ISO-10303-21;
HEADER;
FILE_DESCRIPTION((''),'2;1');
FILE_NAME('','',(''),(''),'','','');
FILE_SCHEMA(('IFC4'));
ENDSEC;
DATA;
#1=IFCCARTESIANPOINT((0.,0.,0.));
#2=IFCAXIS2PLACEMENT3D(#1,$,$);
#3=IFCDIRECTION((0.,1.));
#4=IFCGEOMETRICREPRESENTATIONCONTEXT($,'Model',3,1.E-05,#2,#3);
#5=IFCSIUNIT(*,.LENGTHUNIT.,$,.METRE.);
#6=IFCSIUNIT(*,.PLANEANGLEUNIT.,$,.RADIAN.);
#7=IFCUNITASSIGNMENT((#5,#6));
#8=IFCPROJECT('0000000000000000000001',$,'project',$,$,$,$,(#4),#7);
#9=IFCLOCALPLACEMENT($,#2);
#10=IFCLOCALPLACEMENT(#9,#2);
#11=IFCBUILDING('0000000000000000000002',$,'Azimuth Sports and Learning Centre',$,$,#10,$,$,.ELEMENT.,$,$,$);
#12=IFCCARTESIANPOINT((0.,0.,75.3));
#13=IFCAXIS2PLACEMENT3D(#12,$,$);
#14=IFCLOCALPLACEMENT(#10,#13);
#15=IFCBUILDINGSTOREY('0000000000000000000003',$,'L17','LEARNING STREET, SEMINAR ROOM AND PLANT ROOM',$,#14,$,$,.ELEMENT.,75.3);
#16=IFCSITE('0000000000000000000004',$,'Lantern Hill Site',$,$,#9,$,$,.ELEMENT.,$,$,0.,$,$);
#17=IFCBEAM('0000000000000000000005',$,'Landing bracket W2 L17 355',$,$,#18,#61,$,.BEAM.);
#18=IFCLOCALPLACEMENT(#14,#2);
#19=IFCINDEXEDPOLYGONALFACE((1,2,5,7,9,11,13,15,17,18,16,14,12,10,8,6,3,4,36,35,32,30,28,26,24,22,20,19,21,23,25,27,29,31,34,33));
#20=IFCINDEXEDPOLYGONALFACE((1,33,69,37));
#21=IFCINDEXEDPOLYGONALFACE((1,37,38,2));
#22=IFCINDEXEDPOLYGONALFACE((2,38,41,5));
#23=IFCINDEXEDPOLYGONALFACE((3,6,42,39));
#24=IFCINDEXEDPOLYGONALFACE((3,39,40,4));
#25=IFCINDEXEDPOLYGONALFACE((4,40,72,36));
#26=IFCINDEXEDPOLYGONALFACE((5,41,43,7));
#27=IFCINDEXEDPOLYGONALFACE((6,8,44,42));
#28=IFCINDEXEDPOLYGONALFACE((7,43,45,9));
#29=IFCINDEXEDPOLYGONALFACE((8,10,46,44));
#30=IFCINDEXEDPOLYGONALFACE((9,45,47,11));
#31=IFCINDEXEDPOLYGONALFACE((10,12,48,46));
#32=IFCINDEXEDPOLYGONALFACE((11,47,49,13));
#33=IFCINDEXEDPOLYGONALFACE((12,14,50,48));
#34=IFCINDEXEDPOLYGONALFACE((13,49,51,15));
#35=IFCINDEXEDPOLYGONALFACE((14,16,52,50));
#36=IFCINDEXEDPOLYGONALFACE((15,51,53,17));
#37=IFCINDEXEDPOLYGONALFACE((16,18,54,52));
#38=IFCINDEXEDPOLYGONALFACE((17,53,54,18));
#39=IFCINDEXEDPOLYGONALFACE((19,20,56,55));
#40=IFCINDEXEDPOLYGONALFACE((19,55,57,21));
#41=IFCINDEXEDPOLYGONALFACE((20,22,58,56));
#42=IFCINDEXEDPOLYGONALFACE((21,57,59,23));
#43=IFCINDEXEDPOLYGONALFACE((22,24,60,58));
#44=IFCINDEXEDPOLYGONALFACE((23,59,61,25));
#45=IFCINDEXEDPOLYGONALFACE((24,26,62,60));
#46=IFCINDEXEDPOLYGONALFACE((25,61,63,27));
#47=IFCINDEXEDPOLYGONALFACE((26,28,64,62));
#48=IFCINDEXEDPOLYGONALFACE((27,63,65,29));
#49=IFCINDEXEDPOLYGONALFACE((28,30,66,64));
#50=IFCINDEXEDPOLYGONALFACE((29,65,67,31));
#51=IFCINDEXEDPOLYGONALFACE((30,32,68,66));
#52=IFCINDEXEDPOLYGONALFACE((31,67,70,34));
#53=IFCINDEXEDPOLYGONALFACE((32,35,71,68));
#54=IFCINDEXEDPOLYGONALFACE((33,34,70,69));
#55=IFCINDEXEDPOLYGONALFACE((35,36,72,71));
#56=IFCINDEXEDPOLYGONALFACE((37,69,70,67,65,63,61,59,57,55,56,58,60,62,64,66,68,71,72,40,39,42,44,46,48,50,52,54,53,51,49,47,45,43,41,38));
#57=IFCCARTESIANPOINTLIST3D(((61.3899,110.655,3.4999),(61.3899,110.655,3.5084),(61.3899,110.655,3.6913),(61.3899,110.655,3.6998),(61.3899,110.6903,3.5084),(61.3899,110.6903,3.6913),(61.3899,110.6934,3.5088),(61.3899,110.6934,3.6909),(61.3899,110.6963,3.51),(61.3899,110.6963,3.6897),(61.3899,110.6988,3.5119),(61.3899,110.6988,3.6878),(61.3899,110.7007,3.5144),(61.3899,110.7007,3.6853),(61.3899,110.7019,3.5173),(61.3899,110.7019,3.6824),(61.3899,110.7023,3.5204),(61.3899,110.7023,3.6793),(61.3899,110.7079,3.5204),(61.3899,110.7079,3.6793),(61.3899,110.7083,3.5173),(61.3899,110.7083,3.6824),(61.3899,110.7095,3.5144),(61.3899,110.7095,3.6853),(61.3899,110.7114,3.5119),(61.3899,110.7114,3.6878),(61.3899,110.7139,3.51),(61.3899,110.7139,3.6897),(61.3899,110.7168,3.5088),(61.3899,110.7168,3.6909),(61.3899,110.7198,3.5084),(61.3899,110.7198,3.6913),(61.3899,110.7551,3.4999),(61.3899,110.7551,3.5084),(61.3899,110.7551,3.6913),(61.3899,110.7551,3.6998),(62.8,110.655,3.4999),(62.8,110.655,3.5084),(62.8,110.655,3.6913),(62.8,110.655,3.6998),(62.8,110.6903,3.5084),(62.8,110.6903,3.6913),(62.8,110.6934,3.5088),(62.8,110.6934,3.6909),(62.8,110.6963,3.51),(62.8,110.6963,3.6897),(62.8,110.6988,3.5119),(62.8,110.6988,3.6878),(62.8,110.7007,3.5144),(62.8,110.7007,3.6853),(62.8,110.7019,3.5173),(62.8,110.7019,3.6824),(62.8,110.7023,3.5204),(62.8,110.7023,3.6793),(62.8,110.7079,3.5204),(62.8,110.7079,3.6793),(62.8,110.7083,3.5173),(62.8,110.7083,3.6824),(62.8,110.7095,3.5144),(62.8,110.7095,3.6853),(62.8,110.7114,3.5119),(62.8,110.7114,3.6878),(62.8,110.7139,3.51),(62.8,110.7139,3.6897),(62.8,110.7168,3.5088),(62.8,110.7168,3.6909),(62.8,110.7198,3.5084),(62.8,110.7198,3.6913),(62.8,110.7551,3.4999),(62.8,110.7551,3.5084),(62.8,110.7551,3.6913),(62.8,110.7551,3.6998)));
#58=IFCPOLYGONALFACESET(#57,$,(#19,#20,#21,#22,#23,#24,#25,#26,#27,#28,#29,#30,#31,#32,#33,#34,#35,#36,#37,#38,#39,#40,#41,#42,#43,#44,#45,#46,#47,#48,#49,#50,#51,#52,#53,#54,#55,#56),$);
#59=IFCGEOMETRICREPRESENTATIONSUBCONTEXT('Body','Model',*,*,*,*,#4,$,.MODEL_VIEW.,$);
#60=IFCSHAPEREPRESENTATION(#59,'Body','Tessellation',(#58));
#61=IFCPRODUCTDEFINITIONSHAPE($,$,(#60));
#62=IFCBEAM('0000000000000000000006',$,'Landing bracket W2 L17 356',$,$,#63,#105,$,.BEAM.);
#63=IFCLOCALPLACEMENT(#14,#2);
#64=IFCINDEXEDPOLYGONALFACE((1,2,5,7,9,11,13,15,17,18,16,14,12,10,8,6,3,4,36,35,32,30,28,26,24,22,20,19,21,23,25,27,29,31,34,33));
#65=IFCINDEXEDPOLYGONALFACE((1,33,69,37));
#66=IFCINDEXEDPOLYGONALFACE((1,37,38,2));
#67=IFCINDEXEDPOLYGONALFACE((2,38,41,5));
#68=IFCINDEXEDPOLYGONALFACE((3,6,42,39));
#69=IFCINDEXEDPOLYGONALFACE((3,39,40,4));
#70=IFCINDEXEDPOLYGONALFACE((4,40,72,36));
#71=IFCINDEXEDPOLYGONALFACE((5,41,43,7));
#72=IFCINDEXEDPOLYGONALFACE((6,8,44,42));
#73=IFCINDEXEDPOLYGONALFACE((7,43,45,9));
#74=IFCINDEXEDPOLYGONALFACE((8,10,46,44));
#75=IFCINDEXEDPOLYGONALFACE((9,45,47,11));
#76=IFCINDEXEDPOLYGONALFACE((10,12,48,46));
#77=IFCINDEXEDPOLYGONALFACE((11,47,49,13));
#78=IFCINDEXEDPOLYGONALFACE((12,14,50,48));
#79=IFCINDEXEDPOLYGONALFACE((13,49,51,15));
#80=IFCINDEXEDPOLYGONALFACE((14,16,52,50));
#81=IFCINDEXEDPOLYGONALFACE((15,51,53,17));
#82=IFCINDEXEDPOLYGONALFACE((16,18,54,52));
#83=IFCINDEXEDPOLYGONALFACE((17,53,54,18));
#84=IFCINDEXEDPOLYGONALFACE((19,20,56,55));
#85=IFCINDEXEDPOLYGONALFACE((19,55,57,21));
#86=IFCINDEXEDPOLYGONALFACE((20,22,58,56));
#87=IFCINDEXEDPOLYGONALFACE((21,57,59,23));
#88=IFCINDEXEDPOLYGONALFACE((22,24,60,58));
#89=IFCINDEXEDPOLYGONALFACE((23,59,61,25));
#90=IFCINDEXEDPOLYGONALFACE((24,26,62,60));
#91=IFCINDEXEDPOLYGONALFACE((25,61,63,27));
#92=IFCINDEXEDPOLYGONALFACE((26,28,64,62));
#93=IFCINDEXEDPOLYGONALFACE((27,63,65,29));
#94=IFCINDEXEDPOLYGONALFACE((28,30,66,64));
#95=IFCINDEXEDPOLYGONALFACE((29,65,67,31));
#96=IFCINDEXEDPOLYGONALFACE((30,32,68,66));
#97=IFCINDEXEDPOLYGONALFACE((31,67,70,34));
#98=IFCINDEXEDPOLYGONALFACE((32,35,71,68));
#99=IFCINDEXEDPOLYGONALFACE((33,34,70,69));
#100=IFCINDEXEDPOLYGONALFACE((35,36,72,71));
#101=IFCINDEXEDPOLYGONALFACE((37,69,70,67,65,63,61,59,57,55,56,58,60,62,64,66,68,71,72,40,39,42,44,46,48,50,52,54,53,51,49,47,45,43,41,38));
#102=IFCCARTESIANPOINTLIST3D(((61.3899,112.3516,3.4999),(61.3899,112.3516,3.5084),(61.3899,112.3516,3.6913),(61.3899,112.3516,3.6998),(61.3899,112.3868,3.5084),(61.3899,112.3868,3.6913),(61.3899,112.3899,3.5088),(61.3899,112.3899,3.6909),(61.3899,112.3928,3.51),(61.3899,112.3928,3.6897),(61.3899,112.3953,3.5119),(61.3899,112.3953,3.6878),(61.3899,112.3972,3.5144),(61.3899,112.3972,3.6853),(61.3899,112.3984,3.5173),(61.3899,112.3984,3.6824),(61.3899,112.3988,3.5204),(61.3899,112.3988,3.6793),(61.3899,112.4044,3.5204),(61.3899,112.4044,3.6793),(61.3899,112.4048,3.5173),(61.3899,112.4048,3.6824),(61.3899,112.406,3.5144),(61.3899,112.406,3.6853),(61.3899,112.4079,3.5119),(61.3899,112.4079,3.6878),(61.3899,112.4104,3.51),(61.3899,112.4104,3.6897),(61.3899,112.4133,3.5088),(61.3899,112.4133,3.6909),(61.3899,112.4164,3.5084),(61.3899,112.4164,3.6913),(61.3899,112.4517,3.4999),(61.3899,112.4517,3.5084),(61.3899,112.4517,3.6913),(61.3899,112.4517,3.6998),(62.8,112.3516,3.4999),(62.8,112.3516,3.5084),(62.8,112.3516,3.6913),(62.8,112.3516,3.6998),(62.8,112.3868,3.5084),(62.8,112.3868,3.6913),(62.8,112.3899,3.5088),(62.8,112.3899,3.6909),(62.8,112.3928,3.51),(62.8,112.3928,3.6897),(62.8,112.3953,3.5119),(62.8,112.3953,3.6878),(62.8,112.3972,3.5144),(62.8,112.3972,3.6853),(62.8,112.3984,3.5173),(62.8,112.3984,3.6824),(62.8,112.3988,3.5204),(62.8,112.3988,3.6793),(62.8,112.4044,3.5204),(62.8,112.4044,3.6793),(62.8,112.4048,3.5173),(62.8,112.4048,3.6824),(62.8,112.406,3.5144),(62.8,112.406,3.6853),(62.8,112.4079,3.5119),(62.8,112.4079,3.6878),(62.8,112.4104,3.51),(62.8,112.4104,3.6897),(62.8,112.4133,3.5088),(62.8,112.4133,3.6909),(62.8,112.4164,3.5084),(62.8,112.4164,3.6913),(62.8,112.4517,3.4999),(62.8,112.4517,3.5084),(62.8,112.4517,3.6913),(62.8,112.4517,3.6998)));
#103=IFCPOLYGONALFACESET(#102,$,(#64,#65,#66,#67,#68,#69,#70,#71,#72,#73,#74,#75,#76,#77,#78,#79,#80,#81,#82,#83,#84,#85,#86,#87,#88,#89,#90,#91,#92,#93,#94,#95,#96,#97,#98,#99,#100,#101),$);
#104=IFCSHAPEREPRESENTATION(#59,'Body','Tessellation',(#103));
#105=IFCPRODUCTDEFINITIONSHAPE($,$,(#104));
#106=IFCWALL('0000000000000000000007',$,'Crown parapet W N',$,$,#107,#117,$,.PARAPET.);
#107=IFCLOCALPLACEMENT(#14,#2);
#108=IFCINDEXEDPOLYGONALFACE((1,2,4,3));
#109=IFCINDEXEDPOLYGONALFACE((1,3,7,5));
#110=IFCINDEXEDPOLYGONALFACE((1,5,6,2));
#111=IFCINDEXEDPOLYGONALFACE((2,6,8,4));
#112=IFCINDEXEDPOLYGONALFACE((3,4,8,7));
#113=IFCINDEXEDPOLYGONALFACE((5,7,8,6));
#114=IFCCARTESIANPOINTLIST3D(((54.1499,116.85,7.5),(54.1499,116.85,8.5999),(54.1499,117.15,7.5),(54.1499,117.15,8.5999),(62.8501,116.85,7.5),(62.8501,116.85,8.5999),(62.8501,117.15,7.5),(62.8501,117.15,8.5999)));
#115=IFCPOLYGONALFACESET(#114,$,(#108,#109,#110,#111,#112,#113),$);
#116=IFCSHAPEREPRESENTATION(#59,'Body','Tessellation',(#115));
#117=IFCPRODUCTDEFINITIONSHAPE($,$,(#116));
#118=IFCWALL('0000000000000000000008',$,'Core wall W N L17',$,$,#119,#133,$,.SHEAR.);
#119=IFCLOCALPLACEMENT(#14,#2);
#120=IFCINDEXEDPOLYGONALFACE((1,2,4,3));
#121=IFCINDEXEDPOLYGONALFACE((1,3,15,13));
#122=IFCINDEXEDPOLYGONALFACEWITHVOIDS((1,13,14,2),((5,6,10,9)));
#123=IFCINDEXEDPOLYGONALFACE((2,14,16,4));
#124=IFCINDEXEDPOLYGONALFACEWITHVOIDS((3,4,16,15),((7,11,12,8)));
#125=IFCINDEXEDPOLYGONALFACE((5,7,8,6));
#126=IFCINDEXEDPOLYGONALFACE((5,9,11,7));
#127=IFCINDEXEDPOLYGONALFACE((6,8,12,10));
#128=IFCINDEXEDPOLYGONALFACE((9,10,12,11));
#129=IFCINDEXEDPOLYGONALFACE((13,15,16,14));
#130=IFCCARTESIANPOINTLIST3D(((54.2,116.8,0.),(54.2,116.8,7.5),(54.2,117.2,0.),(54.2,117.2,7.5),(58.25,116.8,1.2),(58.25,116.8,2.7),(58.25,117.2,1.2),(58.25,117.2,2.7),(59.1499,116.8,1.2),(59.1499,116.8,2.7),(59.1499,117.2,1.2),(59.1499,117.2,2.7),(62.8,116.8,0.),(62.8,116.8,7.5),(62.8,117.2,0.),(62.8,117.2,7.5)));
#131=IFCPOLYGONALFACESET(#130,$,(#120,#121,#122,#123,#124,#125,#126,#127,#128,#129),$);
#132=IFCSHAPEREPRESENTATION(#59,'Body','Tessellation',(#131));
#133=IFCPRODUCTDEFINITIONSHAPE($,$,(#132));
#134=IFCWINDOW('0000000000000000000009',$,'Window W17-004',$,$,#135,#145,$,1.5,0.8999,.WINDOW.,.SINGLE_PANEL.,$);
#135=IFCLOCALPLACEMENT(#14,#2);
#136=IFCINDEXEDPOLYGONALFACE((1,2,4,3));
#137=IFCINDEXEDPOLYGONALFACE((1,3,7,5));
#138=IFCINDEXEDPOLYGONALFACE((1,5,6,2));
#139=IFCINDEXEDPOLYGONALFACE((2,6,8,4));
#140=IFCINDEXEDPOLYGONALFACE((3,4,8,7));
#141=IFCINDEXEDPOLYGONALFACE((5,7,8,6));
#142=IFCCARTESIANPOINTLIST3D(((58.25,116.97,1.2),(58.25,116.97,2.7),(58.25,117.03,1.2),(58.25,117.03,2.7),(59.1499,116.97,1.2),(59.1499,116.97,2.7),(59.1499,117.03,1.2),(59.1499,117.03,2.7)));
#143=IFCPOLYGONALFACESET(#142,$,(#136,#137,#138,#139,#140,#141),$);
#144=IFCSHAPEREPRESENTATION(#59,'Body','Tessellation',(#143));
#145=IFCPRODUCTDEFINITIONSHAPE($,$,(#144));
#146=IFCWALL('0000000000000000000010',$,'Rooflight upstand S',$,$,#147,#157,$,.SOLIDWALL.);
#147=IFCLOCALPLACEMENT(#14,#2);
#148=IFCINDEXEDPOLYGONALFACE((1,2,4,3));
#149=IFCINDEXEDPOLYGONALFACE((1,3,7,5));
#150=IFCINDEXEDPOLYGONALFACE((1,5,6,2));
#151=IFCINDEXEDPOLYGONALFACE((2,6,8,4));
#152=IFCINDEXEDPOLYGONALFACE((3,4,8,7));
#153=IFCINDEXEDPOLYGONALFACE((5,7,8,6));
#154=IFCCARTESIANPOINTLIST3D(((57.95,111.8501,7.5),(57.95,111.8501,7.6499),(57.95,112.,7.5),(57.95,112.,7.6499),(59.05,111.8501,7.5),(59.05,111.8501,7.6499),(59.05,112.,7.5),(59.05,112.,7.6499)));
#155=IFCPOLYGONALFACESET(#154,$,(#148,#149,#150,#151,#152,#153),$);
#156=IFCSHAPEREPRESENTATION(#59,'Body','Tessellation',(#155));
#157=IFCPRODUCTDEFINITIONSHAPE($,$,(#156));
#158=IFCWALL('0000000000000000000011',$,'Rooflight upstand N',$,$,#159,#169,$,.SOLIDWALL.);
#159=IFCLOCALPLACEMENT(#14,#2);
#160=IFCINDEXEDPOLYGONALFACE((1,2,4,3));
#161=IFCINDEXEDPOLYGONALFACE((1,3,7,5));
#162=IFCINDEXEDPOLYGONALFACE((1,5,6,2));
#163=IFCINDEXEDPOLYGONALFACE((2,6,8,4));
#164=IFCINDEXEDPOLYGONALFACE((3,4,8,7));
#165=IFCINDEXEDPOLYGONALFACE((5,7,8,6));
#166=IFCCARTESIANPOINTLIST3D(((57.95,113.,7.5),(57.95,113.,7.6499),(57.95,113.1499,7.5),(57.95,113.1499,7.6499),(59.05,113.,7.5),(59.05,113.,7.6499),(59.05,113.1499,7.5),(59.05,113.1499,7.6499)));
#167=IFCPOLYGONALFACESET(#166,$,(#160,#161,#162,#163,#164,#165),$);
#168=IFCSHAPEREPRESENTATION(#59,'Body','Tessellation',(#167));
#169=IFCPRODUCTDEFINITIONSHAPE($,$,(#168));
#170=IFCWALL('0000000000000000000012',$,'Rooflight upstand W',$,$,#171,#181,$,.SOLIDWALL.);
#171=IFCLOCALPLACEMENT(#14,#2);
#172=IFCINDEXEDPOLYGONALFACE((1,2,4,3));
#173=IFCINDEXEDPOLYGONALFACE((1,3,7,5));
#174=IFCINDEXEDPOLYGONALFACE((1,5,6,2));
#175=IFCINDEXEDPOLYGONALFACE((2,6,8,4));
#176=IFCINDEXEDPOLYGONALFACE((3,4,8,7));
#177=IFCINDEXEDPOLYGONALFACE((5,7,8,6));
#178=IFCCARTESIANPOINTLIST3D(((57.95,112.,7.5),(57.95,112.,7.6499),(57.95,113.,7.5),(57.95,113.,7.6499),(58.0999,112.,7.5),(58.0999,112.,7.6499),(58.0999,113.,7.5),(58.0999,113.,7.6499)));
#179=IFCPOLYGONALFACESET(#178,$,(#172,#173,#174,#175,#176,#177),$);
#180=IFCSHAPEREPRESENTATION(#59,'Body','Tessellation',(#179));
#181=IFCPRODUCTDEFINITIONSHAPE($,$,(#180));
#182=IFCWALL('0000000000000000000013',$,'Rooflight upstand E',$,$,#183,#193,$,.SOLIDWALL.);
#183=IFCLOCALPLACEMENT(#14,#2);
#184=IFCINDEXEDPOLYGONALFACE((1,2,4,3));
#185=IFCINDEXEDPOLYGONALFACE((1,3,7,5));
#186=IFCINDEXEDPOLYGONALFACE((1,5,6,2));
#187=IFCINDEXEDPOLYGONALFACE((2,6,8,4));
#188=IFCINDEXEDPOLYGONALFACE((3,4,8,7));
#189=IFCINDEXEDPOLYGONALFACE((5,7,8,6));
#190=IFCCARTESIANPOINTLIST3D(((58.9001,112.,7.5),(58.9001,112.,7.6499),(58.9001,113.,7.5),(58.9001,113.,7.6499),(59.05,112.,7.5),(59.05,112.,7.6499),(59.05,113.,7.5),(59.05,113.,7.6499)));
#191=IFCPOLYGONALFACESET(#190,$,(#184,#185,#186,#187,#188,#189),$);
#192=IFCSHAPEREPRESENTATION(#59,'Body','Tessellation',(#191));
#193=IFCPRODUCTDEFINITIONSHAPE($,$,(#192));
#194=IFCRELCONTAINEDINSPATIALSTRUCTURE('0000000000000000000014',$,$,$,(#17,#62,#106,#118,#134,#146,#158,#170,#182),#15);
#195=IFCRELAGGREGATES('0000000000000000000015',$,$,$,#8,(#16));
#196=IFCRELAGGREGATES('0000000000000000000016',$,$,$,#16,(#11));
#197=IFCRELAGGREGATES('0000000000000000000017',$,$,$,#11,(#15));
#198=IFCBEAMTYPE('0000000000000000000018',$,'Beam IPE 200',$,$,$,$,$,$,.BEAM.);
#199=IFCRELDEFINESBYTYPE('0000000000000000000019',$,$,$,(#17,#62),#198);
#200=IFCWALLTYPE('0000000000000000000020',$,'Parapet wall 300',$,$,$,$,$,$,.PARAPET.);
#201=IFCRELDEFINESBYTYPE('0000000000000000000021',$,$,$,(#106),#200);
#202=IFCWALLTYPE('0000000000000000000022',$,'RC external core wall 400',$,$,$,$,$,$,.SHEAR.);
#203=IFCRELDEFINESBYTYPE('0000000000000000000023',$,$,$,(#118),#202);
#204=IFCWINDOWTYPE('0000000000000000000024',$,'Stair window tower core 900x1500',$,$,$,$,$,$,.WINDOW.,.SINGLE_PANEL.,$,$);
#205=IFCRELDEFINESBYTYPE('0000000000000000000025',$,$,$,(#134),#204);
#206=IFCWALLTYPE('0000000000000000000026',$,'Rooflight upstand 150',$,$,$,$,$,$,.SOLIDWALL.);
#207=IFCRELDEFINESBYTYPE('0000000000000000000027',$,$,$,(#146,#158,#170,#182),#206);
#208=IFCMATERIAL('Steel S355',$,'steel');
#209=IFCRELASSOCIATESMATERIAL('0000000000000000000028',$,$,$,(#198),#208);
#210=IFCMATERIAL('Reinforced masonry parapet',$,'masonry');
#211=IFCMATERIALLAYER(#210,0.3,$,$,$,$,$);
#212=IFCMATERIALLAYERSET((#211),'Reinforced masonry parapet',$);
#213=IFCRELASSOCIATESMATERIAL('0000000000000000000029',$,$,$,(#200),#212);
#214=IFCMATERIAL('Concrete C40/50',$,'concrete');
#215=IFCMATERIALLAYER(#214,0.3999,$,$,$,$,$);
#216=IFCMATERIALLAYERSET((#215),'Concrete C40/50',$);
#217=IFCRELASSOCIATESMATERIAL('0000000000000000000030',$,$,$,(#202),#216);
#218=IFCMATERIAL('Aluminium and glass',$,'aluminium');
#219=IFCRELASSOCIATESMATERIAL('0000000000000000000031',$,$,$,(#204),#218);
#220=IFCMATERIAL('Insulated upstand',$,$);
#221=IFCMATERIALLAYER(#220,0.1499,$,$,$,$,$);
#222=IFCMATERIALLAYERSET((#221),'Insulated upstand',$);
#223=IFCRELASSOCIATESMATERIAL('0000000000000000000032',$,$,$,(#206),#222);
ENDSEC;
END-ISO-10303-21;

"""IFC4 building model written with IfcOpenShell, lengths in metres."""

from ifc_helpers import new_model, si_unit, direction, frame, frame_2d, origin, origin_2d, place, context, subcontext, project, spatial, rectangle, i_section, extrude, material, layer, layer_set, material_profile, profile_set, type_object, element, fill, save


model = new_model("IFC4")

# Units and contexts
model_context = context("Model", 3, precision=1e-05, world=origin(), true_north=direction((0.0, 1.0)))
body_context = subcontext(model_context, "Body", "Model", "MODEL_VIEW")
ifc_project = project(units=[si_unit("LENGTHUNIT", "METRE"), si_unit("PLANEANGLEUNIT", "RADIAN")], contexts=[model_context])

# Site, building, storey
site_placement = place(None, origin())
site = spatial("IfcSite", under=ifc_project, at=site_placement, Name="Lantern Hill Site", CompositionType="ELEMENT", RefElevation=0.0)
building_placement = place(site_placement, origin())
building = spatial("IfcBuilding", under=site, at=building_placement, Name="Azimuth Sports and Learning Centre", CompositionType="ELEMENT")
storey_placement = place(building_placement, frame((0.0, 0.0, 75.3)))
storey = spatial("IfcBuildingStorey", under=building, at=storey_placement, Name="L17", Description="LEARNING STREET, SEMINAR ROOM AND PLANT ROOM", CompositionType="ELEMENT", Elevation=75.3)

# Beams
ifc_material_1 = material(Name="Steel S355", Category="steel")
ifc_material_profile = material_profile(ifc_material_1, i_section(OverallWidth=0.1001, OverallDepth=0.2, WebThickness=0.0056, FlangeThickness=0.0085, FilletRadius=0.012, at=origin_2d()), Name="IPE 200")
ifc_profile_set = profile_set([ifc_material_profile], Name="Steel S355")
beam_type = type_object("IfcBeamType", Name="Beam IPE 200", PredefinedType="BEAM", material=ifc_profile_set)
for number, where, z_axis, x_axis, name in (
    (1, (62.8, 110.7051, 3.5999), (-1.0, 0.0, 0.0), (0.0, -1.0, 0.0), "Landing bracket W2 L17 355"),
    (2, (62.8, 112.4016, 3.5999), (-1.0, 0.0, 0.0), (0.0, -1.0, 0.0), "Landing bracket W2 L17 356"),
):
    element("IfcBeam", number, at=place(storey_placement, frame(where, z_axis=z_axis, x_axis=x_axis)), inside=storey, type_object=beam_type, Name=name, PredefinedType="BEAM", context=body_context, shape_type="SweptSolid", body=[
        extrude(i_section(OverallWidth=0.1001, OverallDepth=0.2, WebThickness=0.0056, FlangeThickness=0.0085, FilletRadius=0.012, at=origin_2d()), origin(), (0.0, 0.0, 1.0), 1.4102),
    ])

# Wall
ifc_material_2 = material(Name="Reinforced masonry parapet", Category="masonry")
ifc_layer_1 = layer(ifc_material_2, 0.3)
ifc_layer_set_1 = layer_set([ifc_layer_1], Name="Reinforced masonry parapet")
wall_type_1 = type_object("IfcWallType", Name="Parapet wall 300", PredefinedType="PARAPET", material=ifc_layer_set_1)
wall_1_placement = place(storey_placement, frame((54.1499, 117.0, 7.5), z_axis=(0.0, 0.0, 1.0), x_axis=(1.0, 0.0, 0.0)))
element("IfcWall", 3, at=wall_1_placement, inside=storey, type_object=wall_type_1, Name="Crown parapet W N", PredefinedType="PARAPET", context=body_context, shape_type="SweptSolid", body=[
    extrude(rectangle(XDim=8.7002, YDim=0.3, at=frame_2d((4.3501, 0.0))), origin(), (0.0, 0.0, 1.0), 1.0999),
])

# Wall, opening, window
ifc_material_3 = material(Name="Concrete C40/50", Category="concrete")
ifc_layer_2 = layer(ifc_material_3, 0.3999)
ifc_layer_set_2 = layer_set([ifc_layer_2], Name="Concrete C40/50")
wall_type_2 = type_object("IfcWallType", Name="RC external core wall 400", PredefinedType="SHEAR", material=ifc_layer_set_2)
wall_2_placement = place(storey_placement, frame((54.2, 117.0, 0.0), z_axis=(0.0, 0.0, 1.0), x_axis=(1.0, 0.0, 0.0)))
wall_2 = element("IfcWall", 4, at=wall_2_placement, inside=storey, type_object=wall_type_2, Name="Core wall W N L17", PredefinedType="SHEAR", context=body_context, shape_type="SweptSolid", body=[
    extrude(rectangle(XDim=8.6001, YDim=0.3999, at=frame_2d((4.3, 0.0))), origin(), (0.0, 0.0, 1.0), 7.5),
])
opening_placement = place(wall_2_placement, frame((4.05, 0.0, 1.2)))
opening = element("IfcOpeningElement", 5, at=opening_placement, cuts=wall_2, PredefinedType="OPENING", context=body_context, shape_type="SweptSolid", body=[
    extrude(rectangle(XDim=0.8999, YDim=1.5, at=frame_2d((0.45, 0.75))), frame((0.0, 0.2109, 0.0), z_axis=(0.0, -1.0, 0.0), x_axis=(1.0, 0.0, 0.0)), (0.0, 0.0, 1.0), 0.4219),
])
ifc_material_4 = material(Name="Aluminium and glass", Category="aluminium")
window_type = type_object("IfcWindowType", Name="Stair window tower core 900x1500", PartitioningType="SINGLE_PANEL", PredefinedType="WINDOW", material=ifc_material_4)
window_placement = place(opening_placement, origin())
window = element("IfcWindow", 6, at=window_placement, inside=storey, type_object=window_type, Name="Window W17-004", OverallHeight=1.5, OverallWidth=0.8999, PartitioningType="SINGLE_PANEL", PredefinedType="WINDOW", context=body_context, shape_type="SweptSolid", body=[
    extrude(rectangle(XDim=0.8999, YDim=1.5, at=frame_2d((0.45, 0.75))), frame((0.0, 0.03, 0.0), z_axis=(0.0, -1.0, 0.0), x_axis=(1.0, 0.0, 0.0)), (0.0, 0.0, 1.0), 0.0601),
])
fill(opening, window)

# Walls
ifc_material_5 = material(Name="Insulated upstand")
ifc_layer_3 = layer(ifc_material_5, 0.1499)
ifc_layer_set_3 = layer_set([ifc_layer_3], Name="Insulated upstand")
wall_type_3 = type_object("IfcWallType", Name="Rooflight upstand 150", PredefinedType="SOLIDWALL", material=ifc_layer_set_3)
for number, where, z_axis, x_axis, name in (
    (7, (57.95, 111.925, 7.5), (0.0, 0.0, 1.0), (1.0, 0.0, 0.0), "Rooflight upstand S"),
    (8, (57.95, 113.075, 7.5), (0.0, 0.0, 1.0), (1.0, 0.0, 0.0), "Rooflight upstand N"),
):
    element("IfcWall", number, at=place(storey_placement, frame(where, z_axis=z_axis, x_axis=x_axis)), inside=storey, type_object=wall_type_3, Name=name, PredefinedType="SOLIDWALL", context=body_context, shape_type="SweptSolid", body=[
        extrude(rectangle(XDim=1.1001, YDim=0.1499, at=frame_2d((0.55, 0.0))), origin(), (0.0, 0.0, 1.0), 0.1499),
    ])
for number, where, z_axis, x_axis, name in (
    (9, (58.0249, 112.0, 7.5), (0.0, 0.0, 1.0), (0.0, 1.0, 0.0), "Rooflight upstand W"),
    (10, (58.9751, 112.0, 7.5), (0.0, 0.0, 1.0), (0.0, 1.0, 0.0), "Rooflight upstand E"),
):
    element("IfcWall", number, at=place(storey_placement, frame(where, z_axis=z_axis, x_axis=x_axis)), inside=storey, type_object=wall_type_3, Name=name, PredefinedType="SOLIDWALL", context=body_context, shape_type="SweptSolid", body=[
        extrude(rectangle(XDim=1.0, YDim=0.1499, at=frame_2d((0.5, 0.0))), origin(), (0.0, 0.0, 1.0), 0.1499),
    ])

save(model, "model.ifc")
